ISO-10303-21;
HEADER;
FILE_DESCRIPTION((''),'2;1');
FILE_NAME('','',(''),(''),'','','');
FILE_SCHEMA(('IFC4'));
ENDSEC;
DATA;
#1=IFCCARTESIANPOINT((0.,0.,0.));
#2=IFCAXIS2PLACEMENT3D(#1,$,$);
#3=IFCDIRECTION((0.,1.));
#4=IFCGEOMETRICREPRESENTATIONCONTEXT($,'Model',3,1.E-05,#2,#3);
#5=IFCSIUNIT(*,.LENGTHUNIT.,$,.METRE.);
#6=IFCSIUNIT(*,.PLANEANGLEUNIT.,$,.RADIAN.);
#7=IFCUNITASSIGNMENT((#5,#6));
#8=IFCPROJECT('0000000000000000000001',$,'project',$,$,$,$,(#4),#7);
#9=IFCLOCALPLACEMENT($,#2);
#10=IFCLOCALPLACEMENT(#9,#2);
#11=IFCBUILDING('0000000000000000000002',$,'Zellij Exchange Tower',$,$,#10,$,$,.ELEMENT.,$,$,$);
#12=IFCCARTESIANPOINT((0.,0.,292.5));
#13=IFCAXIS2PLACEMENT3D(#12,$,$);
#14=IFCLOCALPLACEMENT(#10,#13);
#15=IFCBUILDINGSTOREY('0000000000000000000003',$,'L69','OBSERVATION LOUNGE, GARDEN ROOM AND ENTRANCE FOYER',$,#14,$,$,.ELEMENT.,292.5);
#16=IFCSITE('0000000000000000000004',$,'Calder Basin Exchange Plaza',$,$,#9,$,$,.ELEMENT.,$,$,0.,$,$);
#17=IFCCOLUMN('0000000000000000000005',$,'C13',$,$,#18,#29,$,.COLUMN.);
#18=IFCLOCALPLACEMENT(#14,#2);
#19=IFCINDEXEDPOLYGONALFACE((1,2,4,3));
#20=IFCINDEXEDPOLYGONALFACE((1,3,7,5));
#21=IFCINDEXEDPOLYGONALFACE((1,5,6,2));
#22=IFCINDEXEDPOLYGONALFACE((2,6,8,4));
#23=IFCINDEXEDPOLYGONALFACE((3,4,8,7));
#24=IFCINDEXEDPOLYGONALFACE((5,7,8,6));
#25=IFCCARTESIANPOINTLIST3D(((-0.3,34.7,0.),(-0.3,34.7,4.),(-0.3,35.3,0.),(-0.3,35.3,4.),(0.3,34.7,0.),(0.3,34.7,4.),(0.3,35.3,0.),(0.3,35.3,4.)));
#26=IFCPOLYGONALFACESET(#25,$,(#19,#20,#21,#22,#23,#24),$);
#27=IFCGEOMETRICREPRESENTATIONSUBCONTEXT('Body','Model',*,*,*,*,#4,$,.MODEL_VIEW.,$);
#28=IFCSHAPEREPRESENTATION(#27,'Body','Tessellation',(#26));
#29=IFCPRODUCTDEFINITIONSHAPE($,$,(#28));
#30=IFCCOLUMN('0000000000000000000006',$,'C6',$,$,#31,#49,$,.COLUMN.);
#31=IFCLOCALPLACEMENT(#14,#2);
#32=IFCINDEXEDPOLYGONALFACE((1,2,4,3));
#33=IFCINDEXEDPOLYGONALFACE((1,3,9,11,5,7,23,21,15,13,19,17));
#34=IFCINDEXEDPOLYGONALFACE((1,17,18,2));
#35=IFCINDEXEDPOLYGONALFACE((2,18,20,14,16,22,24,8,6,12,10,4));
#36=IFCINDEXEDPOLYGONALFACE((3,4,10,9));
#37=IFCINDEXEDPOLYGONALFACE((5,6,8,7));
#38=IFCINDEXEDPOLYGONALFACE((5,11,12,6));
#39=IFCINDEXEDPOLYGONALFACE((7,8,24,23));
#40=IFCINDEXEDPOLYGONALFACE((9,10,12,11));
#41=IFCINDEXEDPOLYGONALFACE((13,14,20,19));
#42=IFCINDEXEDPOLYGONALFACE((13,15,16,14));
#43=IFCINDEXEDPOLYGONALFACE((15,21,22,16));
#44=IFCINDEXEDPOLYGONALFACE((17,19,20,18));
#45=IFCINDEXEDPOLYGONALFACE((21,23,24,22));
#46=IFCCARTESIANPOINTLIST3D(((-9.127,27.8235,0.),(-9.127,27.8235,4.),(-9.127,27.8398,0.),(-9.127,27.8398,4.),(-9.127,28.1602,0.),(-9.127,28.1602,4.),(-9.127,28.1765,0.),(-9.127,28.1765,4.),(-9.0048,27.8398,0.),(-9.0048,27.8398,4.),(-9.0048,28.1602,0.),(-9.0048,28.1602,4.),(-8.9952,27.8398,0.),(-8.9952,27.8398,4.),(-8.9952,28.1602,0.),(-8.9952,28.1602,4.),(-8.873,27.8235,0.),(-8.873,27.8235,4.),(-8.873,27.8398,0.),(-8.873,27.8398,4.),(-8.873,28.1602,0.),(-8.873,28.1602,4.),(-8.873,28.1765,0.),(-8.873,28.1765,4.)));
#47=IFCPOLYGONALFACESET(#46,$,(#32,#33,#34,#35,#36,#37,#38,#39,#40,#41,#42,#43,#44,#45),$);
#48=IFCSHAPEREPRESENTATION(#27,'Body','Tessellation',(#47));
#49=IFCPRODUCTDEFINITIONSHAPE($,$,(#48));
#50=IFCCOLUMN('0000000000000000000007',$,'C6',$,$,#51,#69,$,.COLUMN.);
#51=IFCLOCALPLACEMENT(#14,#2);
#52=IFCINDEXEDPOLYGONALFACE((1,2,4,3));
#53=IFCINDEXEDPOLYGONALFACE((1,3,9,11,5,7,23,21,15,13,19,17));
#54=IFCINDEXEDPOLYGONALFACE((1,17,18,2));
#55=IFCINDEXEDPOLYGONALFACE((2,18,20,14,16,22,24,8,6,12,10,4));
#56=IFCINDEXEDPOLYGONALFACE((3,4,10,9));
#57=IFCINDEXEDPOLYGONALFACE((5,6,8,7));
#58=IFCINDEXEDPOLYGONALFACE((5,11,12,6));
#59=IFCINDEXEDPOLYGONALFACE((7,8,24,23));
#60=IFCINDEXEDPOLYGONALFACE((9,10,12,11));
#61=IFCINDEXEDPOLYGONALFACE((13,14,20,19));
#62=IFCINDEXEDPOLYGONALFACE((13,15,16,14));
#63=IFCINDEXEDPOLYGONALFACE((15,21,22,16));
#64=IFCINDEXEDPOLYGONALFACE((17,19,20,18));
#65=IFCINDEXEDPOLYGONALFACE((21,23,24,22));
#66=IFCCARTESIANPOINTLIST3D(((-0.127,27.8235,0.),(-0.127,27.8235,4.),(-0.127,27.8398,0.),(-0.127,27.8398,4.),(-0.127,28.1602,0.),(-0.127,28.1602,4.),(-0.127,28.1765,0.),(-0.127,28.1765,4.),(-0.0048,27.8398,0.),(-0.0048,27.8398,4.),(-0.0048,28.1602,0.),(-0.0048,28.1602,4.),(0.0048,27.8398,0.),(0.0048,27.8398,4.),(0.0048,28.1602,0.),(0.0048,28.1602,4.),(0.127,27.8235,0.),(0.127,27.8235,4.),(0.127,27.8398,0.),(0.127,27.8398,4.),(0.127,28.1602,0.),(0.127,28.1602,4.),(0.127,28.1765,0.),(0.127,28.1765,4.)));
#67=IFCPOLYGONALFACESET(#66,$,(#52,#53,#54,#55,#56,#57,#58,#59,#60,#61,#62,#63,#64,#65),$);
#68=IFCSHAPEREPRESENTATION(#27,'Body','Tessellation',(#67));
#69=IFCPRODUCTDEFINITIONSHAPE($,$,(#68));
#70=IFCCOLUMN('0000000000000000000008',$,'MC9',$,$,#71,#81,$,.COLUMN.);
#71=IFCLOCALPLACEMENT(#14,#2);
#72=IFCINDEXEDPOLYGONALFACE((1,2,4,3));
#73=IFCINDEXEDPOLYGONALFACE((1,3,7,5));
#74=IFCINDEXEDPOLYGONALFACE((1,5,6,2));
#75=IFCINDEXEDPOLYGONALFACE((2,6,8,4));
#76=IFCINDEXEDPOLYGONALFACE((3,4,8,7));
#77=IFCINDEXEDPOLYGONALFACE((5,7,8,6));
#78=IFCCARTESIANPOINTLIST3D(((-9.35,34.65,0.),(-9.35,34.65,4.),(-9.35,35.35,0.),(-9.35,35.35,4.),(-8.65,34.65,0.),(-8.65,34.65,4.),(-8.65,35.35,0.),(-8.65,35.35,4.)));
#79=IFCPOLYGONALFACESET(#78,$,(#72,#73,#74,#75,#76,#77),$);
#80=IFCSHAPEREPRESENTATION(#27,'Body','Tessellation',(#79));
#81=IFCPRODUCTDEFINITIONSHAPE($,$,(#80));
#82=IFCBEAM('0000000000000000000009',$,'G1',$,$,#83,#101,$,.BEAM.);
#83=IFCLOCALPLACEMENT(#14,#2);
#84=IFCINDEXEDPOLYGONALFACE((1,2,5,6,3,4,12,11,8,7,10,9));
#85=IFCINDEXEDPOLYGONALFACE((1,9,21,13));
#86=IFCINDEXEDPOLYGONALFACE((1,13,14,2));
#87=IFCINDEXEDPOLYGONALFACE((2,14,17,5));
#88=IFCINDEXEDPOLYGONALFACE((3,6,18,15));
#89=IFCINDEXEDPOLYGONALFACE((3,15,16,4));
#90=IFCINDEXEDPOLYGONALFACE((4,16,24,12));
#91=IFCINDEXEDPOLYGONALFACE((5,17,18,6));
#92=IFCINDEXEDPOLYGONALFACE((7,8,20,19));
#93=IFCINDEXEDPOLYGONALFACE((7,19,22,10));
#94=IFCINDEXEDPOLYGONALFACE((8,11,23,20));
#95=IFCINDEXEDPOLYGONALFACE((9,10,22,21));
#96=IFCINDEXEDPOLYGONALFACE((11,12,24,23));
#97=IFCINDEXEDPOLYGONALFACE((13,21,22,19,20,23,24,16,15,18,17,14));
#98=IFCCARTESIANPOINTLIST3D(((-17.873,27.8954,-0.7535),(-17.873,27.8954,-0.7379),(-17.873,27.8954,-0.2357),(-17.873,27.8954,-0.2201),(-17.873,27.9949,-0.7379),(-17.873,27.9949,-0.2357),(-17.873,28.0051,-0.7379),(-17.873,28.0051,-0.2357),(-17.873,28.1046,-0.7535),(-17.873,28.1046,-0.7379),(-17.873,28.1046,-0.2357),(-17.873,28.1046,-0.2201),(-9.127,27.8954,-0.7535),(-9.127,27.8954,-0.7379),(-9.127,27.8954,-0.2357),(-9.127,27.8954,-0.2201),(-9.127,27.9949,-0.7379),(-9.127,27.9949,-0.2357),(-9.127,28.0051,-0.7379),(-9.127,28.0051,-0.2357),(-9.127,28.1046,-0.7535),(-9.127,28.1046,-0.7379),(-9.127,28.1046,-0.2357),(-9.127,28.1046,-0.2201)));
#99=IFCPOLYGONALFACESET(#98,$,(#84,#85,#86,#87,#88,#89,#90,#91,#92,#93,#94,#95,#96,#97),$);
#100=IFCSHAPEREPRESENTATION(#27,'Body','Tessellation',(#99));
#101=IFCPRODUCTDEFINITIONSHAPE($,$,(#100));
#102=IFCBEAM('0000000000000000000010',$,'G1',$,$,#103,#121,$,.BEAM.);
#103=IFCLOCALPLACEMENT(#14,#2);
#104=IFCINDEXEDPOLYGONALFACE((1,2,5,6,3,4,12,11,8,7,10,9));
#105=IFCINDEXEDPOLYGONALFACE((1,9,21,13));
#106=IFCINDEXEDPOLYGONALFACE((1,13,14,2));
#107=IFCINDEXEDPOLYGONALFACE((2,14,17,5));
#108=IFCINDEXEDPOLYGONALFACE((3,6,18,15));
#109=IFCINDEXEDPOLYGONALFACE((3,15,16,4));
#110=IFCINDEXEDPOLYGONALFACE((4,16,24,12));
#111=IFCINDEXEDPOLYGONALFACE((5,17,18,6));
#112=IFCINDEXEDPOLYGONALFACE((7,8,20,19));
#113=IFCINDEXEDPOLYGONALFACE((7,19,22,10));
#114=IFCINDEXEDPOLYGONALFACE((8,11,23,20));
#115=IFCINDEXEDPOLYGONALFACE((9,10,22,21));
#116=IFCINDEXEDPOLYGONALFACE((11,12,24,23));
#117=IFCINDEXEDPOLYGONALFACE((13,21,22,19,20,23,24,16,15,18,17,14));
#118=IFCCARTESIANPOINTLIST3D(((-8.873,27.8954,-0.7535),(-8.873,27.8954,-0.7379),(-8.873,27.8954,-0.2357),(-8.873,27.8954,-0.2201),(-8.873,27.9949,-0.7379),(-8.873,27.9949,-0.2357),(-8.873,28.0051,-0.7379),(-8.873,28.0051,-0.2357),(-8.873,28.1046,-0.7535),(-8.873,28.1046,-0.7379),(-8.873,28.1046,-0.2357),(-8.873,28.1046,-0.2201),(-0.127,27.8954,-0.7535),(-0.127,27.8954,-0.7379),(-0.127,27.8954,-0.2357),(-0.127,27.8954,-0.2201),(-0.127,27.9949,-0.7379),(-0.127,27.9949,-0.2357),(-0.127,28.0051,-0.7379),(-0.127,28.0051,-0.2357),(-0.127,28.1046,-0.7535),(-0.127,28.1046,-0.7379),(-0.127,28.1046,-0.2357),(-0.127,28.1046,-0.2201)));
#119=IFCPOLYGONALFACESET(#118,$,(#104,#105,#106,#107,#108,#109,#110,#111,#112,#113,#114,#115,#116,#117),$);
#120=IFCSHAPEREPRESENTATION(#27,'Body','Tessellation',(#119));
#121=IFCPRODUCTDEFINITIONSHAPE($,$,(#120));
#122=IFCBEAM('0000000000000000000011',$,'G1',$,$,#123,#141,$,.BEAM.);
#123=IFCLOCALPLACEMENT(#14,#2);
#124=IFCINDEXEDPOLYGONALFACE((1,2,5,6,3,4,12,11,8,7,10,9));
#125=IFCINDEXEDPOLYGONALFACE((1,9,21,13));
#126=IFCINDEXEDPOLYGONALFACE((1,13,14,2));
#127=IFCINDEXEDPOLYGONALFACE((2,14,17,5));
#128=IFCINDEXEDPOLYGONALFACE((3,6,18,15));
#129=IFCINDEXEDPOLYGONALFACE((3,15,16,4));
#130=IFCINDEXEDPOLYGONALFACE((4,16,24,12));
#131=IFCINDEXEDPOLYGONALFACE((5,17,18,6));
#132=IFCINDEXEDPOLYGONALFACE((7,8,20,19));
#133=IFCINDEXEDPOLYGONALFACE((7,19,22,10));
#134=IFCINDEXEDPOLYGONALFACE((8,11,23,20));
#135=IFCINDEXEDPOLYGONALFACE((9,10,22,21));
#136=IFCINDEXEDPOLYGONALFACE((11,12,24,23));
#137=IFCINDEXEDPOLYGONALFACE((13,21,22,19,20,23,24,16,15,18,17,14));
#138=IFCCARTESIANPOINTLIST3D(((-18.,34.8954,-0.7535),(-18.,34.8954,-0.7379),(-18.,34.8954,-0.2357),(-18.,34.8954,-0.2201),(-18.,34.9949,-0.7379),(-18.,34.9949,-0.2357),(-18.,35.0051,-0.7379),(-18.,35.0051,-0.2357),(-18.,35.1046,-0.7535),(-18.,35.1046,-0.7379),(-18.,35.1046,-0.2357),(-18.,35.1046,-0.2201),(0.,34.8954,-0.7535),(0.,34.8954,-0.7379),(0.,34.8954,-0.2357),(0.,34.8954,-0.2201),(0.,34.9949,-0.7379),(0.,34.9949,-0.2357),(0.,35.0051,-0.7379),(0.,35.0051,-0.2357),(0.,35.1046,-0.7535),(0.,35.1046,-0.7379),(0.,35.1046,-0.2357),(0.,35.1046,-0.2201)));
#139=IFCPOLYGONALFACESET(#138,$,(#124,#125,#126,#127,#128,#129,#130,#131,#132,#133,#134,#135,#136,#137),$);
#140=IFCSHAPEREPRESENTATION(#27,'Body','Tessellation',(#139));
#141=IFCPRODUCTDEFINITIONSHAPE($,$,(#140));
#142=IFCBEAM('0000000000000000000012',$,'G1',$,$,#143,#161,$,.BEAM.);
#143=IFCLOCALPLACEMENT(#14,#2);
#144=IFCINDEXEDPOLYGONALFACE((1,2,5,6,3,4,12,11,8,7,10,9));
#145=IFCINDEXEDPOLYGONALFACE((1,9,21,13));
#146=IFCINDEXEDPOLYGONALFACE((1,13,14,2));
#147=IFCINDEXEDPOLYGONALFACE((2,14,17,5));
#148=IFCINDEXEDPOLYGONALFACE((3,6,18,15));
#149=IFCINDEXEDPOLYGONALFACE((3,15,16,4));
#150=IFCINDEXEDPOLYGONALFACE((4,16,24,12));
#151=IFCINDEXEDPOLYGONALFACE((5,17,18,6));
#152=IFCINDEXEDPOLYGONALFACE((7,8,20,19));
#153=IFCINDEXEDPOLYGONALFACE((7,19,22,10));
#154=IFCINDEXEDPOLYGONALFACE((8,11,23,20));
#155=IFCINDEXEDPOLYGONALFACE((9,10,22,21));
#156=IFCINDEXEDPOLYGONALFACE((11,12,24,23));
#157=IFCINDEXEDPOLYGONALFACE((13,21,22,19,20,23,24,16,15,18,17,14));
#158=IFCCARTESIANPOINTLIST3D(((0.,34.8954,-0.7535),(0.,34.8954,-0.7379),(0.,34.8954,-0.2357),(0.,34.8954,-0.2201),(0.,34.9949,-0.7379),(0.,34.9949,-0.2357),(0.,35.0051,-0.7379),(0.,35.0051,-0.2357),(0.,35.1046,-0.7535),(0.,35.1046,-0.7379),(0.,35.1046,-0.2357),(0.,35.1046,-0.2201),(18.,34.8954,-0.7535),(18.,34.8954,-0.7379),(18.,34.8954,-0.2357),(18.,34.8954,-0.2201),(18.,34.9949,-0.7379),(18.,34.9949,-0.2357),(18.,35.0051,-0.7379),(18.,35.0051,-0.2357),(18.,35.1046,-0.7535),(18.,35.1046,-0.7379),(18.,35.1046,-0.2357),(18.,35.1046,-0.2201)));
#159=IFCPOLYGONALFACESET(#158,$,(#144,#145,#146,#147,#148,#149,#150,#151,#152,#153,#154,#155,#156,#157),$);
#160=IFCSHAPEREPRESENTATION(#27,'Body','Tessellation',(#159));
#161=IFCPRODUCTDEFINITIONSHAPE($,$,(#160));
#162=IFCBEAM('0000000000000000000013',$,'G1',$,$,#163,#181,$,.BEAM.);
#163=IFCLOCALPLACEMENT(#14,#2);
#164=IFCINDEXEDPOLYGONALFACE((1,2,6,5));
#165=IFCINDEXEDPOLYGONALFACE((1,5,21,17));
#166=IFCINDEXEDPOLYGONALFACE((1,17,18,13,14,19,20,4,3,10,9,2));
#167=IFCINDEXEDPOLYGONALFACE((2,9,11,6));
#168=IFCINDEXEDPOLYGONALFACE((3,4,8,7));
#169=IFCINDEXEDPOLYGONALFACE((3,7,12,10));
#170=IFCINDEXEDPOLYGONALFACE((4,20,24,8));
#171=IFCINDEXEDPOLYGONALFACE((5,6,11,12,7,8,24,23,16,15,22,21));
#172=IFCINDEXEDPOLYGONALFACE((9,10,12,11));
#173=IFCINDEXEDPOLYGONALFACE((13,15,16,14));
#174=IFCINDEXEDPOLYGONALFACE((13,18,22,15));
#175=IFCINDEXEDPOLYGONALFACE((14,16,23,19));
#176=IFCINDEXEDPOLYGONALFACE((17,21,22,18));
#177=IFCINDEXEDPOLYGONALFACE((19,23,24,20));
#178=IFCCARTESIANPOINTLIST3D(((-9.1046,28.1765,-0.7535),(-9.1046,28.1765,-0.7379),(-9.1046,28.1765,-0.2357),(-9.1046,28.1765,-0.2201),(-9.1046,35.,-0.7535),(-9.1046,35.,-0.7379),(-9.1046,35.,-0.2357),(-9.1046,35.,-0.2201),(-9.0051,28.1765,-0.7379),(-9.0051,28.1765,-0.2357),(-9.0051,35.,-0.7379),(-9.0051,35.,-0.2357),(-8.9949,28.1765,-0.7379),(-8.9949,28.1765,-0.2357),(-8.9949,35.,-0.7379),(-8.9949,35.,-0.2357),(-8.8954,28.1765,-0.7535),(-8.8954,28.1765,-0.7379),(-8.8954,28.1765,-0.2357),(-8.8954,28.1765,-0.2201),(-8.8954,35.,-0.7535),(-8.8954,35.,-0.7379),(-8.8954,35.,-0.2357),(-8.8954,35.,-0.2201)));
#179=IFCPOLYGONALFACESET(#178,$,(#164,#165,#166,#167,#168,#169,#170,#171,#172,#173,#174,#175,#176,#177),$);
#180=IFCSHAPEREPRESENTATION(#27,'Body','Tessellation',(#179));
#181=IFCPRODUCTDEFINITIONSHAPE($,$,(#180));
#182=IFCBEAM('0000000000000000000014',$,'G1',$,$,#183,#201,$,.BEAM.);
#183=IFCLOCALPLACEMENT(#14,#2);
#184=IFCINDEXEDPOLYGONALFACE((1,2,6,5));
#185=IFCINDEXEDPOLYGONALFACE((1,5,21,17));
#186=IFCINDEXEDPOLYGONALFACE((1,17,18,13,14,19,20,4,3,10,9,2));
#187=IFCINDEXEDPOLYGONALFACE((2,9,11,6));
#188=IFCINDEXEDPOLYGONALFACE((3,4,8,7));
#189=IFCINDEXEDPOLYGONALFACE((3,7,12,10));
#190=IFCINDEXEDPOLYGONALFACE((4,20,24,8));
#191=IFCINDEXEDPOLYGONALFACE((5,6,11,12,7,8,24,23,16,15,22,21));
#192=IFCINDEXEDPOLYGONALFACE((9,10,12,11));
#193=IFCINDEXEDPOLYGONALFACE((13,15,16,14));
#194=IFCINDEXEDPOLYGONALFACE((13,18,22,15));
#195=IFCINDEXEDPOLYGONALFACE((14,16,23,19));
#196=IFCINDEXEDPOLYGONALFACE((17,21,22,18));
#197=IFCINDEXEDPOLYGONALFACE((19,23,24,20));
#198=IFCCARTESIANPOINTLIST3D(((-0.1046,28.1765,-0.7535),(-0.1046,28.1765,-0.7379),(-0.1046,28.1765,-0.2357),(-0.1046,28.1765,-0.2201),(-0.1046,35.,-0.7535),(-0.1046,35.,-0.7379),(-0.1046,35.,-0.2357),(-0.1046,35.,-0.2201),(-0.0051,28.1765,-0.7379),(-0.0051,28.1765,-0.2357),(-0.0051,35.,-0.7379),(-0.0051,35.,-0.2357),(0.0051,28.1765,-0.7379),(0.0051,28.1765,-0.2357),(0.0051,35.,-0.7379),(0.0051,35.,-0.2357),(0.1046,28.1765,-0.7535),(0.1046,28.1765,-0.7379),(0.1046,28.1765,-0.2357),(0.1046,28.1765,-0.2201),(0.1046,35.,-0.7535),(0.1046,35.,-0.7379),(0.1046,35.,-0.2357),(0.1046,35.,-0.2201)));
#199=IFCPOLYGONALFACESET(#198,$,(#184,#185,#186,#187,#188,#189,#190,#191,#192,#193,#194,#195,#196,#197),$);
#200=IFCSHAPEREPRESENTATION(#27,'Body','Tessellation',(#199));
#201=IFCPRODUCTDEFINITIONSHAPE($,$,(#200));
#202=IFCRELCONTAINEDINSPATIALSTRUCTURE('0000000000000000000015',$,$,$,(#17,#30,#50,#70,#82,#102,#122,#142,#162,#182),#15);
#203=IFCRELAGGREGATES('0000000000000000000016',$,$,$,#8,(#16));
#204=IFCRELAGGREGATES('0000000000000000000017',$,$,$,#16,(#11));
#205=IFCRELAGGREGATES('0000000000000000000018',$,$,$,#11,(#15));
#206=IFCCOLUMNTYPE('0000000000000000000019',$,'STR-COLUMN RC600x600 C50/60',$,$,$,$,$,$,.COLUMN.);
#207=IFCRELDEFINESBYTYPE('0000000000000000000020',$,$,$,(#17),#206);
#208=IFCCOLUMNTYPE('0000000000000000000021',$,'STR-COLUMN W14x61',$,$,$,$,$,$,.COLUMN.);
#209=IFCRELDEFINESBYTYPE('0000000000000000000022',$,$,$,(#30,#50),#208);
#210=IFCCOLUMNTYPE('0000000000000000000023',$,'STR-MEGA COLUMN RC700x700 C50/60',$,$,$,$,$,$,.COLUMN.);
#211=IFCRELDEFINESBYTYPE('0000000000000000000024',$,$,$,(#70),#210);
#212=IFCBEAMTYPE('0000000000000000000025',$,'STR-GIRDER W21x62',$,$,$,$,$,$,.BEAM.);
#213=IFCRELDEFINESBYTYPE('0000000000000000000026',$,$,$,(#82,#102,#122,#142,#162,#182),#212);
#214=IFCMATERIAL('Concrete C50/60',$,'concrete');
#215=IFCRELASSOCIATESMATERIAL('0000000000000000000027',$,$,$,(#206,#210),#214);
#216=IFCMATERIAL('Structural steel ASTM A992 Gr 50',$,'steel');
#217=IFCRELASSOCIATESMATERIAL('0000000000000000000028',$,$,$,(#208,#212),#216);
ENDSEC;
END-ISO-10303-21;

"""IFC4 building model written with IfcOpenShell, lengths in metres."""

from ifc_helpers import new_model, si_unit, direction, frame, origin, origin_2d, place, context, subcontext, project, spatial, rectangle, i_section, extrude, material, material_profile, profile_set, type_object, element, save


model = new_model("IFC4")

# Units and contexts
model_context = context("Model", 3, precision=1e-05, world=origin(), true_north=direction((0.0, 1.0)))
body_context = subcontext(model_context, "Body", "Model", "MODEL_VIEW")
ifc_project = project(units=[si_unit("LENGTHUNIT", "METRE"), si_unit("PLANEANGLEUNIT", "RADIAN")], contexts=[model_context])

# Site, building, storey
site_placement = place(None, origin())
site = spatial("IfcSite", under=ifc_project, at=site_placement, Name="Calder Basin Exchange Plaza", CompositionType="ELEMENT", RefElevation=0.0)
building_placement = place(site_placement, origin())
building = spatial("IfcBuilding", under=site, at=building_placement, Name="Zellij Exchange Tower", CompositionType="ELEMENT")
storey_placement = place(building_placement, frame((0.0, 0.0, 292.5)))
storey = spatial("IfcBuildingStorey", under=building, at=storey_placement, Name="L69", Description="OBSERVATION LOUNGE, GARDEN ROOM AND ENTRANCE FOYER", CompositionType="ELEMENT", Elevation=292.5)

# Columns
ifc_material_1 = material(Name="Concrete C50/60", Category="concrete")
ifc_material_profile_1 = material_profile(ifc_material_1, rectangle(XDim=0.6001, YDim=0.6001, at=origin_2d()), Name="STR-COLUMN RC600x600 C50/60")
ifc_profile_set_1 = profile_set([ifc_material_profile_1], Name="Concrete C50/60")
column_type_1 = type_object("IfcColumnType", Name="STR-COLUMN RC600x600 C50/60", PredefinedType="COLUMN", material=ifc_profile_set_1)
column_1_placement = place(storey_placement, frame((0.0, 35.0, 0.0), z_axis=(0.0, 0.0, 1.0), x_axis=(1.0, 0.0, 0.0)))
element("IfcColumn", 1, at=column_1_placement, inside=storey, type_object=column_type_1, Name="C13", PredefinedType="COLUMN", context=body_context, shape_type="SweptSolid", body=[
    extrude(rectangle(XDim=0.6001, YDim=0.6001, at=origin_2d()), origin(), (0.0, 0.0, 1.0), 4.0),
])
ifc_material_2 = material(Name="Structural steel ASTM A992 Gr 50", Category="steel")
ifc_material_profile_2 = material_profile(ifc_material_2, i_section(OverallWidth=0.2539, OverallDepth=0.353, WebThickness=0.0095, FlangeThickness=0.0164, at=origin_2d()), Name="W14x61")
ifc_profile_set_2 = profile_set([ifc_material_profile_2], Name="Structural steel ASTM A992 Gr 50")
column_type_2 = type_object("IfcColumnType", Name="STR-COLUMN W14x61", PredefinedType="COLUMN", material=ifc_profile_set_2)
for number, where, z_axis, x_axis, name in (
    (2, (-9.0, 28.0, 0.0), (0.0, 0.0, 1.0), (1.0, 0.0, 0.0), "C6"),
    (3, (0.0, 28.0, 0.0), (0.0, 0.0, 1.0), (1.0, 0.0, 0.0), "C6"),
):
    element("IfcColumn", number, at=place(storey_placement, frame(where, z_axis=z_axis, x_axis=x_axis)), inside=storey, type_object=column_type_2, Name=name, PredefinedType="COLUMN", context=body_context, shape_type="SweptSolid", body=[
        extrude(i_section(OverallWidth=0.2539, OverallDepth=0.353, WebThickness=0.0095, FlangeThickness=0.0164, at=origin_2d()), origin(), (0.0, 0.0, 1.0), 4.0),
    ])
ifc_material_profile_3 = material_profile(ifc_material_1, rectangle(XDim=0.7, YDim=0.7, at=origin_2d()), Name="STR-MEGA COLUMN RC700x700 C50/60")
ifc_profile_set_3 = profile_set([ifc_material_profile_3], Name="Concrete C50/60")
column_type_3 = type_object("IfcColumnType", Name="STR-MEGA COLUMN RC700x700 C50/60", PredefinedType="COLUMN", material=ifc_profile_set_3)
column_2_placement = place(storey_placement, frame((-9.0, 35.0, 0.0), z_axis=(0.0, 0.0, 1.0), x_axis=(1.0, 0.0, 0.0)))
element("IfcColumn", 4, at=column_2_placement, inside=storey, type_object=column_type_3, Name="MC9", PredefinedType="COLUMN", context=body_context, shape_type="SweptSolid", body=[
    extrude(rectangle(XDim=0.7, YDim=0.7, at=origin_2d()), origin(), (0.0, 0.0, 1.0), 4.0),
])

# Beams
ifc_material_profile_4 = material_profile(ifc_material_2, i_section(OverallWidth=0.2092, OverallDepth=0.5334, WebThickness=0.0103, FlangeThickness=0.0156, at=origin_2d()), Name="W21x62")
ifc_profile_set_4 = profile_set([ifc_material_profile_4], Name="Structural steel ASTM A992 Gr 50")
beam_type = type_object("IfcBeamType", Name="STR-GIRDER W21x62", PredefinedType="BEAM", material=ifc_profile_set_4)
for number, where, z_axis, x_axis, name in (
    (5, (-17.873, 28.0, -0.4868), (1.0, 0.0, 0.0), (0.0, 1.0, 0.0), "G1"),
    (6, (-8.873, 28.0, -0.4868), (1.0, 0.0, 0.0), (0.0, 1.0, 0.0), "G1"),
):
    element("IfcBeam", number, at=place(storey_placement, frame(where, z_axis=z_axis, x_axis=x_axis)), inside=storey, type_object=beam_type, Name=name, PredefinedType="BEAM", context=body_context, shape_type="SweptSolid", body=[
        extrude(i_section(OverallWidth=0.2092, OverallDepth=0.5334, WebThickness=0.0103, FlangeThickness=0.0156, at=origin_2d()), origin(), (0.0, 0.0, 1.0), 8.7461),
    ])
for number, where, z_axis, x_axis, name in (
    (7, (-18.0, 35.0, -0.4868), (1.0, 0.0, 0.0), (0.0, 1.0, 0.0), "G1"),
    (8, (0.0, 35.0, -0.4868), (1.0, 0.0, 0.0), (0.0, 1.0, 0.0), "G1"),
):
    element("IfcBeam", number, at=place(storey_placement, frame(where, z_axis=z_axis, x_axis=x_axis)), inside=storey, type_object=beam_type, Name=name, PredefinedType="BEAM", context=body_context, shape_type="SweptSolid", body=[
        extrude(i_section(OverallWidth=0.2092, OverallDepth=0.5334, WebThickness=0.0103, FlangeThickness=0.0156, at=origin_2d()), origin(), (0.0, 0.0, 1.0), 18.0),
    ])
for number, where, z_axis, x_axis, name in (
    (9, (-9.0, 28.1765, -0.4868), (0.0, 1.0, 0.0), (-1.0, 0.0, 0.0), "G1"),
    (10, (0.0, 28.1765, -0.4868), (0.0, 1.0, 0.0), (-1.0, 0.0, 0.0), "G1"),
):
    element("IfcBeam", number, at=place(storey_placement, frame(where, z_axis=z_axis, x_axis=x_axis)), inside=storey, type_object=beam_type, Name=name, PredefinedType="BEAM", context=body_context, shape_type="SweptSolid", body=[
        extrude(i_section(OverallWidth=0.2092, OverallDepth=0.5334, WebThickness=0.0103, FlangeThickness=0.0156, at=origin_2d()), origin(), (0.0, 0.0, 1.0), 6.8235),
    ])

save(model, "model.ifc")
